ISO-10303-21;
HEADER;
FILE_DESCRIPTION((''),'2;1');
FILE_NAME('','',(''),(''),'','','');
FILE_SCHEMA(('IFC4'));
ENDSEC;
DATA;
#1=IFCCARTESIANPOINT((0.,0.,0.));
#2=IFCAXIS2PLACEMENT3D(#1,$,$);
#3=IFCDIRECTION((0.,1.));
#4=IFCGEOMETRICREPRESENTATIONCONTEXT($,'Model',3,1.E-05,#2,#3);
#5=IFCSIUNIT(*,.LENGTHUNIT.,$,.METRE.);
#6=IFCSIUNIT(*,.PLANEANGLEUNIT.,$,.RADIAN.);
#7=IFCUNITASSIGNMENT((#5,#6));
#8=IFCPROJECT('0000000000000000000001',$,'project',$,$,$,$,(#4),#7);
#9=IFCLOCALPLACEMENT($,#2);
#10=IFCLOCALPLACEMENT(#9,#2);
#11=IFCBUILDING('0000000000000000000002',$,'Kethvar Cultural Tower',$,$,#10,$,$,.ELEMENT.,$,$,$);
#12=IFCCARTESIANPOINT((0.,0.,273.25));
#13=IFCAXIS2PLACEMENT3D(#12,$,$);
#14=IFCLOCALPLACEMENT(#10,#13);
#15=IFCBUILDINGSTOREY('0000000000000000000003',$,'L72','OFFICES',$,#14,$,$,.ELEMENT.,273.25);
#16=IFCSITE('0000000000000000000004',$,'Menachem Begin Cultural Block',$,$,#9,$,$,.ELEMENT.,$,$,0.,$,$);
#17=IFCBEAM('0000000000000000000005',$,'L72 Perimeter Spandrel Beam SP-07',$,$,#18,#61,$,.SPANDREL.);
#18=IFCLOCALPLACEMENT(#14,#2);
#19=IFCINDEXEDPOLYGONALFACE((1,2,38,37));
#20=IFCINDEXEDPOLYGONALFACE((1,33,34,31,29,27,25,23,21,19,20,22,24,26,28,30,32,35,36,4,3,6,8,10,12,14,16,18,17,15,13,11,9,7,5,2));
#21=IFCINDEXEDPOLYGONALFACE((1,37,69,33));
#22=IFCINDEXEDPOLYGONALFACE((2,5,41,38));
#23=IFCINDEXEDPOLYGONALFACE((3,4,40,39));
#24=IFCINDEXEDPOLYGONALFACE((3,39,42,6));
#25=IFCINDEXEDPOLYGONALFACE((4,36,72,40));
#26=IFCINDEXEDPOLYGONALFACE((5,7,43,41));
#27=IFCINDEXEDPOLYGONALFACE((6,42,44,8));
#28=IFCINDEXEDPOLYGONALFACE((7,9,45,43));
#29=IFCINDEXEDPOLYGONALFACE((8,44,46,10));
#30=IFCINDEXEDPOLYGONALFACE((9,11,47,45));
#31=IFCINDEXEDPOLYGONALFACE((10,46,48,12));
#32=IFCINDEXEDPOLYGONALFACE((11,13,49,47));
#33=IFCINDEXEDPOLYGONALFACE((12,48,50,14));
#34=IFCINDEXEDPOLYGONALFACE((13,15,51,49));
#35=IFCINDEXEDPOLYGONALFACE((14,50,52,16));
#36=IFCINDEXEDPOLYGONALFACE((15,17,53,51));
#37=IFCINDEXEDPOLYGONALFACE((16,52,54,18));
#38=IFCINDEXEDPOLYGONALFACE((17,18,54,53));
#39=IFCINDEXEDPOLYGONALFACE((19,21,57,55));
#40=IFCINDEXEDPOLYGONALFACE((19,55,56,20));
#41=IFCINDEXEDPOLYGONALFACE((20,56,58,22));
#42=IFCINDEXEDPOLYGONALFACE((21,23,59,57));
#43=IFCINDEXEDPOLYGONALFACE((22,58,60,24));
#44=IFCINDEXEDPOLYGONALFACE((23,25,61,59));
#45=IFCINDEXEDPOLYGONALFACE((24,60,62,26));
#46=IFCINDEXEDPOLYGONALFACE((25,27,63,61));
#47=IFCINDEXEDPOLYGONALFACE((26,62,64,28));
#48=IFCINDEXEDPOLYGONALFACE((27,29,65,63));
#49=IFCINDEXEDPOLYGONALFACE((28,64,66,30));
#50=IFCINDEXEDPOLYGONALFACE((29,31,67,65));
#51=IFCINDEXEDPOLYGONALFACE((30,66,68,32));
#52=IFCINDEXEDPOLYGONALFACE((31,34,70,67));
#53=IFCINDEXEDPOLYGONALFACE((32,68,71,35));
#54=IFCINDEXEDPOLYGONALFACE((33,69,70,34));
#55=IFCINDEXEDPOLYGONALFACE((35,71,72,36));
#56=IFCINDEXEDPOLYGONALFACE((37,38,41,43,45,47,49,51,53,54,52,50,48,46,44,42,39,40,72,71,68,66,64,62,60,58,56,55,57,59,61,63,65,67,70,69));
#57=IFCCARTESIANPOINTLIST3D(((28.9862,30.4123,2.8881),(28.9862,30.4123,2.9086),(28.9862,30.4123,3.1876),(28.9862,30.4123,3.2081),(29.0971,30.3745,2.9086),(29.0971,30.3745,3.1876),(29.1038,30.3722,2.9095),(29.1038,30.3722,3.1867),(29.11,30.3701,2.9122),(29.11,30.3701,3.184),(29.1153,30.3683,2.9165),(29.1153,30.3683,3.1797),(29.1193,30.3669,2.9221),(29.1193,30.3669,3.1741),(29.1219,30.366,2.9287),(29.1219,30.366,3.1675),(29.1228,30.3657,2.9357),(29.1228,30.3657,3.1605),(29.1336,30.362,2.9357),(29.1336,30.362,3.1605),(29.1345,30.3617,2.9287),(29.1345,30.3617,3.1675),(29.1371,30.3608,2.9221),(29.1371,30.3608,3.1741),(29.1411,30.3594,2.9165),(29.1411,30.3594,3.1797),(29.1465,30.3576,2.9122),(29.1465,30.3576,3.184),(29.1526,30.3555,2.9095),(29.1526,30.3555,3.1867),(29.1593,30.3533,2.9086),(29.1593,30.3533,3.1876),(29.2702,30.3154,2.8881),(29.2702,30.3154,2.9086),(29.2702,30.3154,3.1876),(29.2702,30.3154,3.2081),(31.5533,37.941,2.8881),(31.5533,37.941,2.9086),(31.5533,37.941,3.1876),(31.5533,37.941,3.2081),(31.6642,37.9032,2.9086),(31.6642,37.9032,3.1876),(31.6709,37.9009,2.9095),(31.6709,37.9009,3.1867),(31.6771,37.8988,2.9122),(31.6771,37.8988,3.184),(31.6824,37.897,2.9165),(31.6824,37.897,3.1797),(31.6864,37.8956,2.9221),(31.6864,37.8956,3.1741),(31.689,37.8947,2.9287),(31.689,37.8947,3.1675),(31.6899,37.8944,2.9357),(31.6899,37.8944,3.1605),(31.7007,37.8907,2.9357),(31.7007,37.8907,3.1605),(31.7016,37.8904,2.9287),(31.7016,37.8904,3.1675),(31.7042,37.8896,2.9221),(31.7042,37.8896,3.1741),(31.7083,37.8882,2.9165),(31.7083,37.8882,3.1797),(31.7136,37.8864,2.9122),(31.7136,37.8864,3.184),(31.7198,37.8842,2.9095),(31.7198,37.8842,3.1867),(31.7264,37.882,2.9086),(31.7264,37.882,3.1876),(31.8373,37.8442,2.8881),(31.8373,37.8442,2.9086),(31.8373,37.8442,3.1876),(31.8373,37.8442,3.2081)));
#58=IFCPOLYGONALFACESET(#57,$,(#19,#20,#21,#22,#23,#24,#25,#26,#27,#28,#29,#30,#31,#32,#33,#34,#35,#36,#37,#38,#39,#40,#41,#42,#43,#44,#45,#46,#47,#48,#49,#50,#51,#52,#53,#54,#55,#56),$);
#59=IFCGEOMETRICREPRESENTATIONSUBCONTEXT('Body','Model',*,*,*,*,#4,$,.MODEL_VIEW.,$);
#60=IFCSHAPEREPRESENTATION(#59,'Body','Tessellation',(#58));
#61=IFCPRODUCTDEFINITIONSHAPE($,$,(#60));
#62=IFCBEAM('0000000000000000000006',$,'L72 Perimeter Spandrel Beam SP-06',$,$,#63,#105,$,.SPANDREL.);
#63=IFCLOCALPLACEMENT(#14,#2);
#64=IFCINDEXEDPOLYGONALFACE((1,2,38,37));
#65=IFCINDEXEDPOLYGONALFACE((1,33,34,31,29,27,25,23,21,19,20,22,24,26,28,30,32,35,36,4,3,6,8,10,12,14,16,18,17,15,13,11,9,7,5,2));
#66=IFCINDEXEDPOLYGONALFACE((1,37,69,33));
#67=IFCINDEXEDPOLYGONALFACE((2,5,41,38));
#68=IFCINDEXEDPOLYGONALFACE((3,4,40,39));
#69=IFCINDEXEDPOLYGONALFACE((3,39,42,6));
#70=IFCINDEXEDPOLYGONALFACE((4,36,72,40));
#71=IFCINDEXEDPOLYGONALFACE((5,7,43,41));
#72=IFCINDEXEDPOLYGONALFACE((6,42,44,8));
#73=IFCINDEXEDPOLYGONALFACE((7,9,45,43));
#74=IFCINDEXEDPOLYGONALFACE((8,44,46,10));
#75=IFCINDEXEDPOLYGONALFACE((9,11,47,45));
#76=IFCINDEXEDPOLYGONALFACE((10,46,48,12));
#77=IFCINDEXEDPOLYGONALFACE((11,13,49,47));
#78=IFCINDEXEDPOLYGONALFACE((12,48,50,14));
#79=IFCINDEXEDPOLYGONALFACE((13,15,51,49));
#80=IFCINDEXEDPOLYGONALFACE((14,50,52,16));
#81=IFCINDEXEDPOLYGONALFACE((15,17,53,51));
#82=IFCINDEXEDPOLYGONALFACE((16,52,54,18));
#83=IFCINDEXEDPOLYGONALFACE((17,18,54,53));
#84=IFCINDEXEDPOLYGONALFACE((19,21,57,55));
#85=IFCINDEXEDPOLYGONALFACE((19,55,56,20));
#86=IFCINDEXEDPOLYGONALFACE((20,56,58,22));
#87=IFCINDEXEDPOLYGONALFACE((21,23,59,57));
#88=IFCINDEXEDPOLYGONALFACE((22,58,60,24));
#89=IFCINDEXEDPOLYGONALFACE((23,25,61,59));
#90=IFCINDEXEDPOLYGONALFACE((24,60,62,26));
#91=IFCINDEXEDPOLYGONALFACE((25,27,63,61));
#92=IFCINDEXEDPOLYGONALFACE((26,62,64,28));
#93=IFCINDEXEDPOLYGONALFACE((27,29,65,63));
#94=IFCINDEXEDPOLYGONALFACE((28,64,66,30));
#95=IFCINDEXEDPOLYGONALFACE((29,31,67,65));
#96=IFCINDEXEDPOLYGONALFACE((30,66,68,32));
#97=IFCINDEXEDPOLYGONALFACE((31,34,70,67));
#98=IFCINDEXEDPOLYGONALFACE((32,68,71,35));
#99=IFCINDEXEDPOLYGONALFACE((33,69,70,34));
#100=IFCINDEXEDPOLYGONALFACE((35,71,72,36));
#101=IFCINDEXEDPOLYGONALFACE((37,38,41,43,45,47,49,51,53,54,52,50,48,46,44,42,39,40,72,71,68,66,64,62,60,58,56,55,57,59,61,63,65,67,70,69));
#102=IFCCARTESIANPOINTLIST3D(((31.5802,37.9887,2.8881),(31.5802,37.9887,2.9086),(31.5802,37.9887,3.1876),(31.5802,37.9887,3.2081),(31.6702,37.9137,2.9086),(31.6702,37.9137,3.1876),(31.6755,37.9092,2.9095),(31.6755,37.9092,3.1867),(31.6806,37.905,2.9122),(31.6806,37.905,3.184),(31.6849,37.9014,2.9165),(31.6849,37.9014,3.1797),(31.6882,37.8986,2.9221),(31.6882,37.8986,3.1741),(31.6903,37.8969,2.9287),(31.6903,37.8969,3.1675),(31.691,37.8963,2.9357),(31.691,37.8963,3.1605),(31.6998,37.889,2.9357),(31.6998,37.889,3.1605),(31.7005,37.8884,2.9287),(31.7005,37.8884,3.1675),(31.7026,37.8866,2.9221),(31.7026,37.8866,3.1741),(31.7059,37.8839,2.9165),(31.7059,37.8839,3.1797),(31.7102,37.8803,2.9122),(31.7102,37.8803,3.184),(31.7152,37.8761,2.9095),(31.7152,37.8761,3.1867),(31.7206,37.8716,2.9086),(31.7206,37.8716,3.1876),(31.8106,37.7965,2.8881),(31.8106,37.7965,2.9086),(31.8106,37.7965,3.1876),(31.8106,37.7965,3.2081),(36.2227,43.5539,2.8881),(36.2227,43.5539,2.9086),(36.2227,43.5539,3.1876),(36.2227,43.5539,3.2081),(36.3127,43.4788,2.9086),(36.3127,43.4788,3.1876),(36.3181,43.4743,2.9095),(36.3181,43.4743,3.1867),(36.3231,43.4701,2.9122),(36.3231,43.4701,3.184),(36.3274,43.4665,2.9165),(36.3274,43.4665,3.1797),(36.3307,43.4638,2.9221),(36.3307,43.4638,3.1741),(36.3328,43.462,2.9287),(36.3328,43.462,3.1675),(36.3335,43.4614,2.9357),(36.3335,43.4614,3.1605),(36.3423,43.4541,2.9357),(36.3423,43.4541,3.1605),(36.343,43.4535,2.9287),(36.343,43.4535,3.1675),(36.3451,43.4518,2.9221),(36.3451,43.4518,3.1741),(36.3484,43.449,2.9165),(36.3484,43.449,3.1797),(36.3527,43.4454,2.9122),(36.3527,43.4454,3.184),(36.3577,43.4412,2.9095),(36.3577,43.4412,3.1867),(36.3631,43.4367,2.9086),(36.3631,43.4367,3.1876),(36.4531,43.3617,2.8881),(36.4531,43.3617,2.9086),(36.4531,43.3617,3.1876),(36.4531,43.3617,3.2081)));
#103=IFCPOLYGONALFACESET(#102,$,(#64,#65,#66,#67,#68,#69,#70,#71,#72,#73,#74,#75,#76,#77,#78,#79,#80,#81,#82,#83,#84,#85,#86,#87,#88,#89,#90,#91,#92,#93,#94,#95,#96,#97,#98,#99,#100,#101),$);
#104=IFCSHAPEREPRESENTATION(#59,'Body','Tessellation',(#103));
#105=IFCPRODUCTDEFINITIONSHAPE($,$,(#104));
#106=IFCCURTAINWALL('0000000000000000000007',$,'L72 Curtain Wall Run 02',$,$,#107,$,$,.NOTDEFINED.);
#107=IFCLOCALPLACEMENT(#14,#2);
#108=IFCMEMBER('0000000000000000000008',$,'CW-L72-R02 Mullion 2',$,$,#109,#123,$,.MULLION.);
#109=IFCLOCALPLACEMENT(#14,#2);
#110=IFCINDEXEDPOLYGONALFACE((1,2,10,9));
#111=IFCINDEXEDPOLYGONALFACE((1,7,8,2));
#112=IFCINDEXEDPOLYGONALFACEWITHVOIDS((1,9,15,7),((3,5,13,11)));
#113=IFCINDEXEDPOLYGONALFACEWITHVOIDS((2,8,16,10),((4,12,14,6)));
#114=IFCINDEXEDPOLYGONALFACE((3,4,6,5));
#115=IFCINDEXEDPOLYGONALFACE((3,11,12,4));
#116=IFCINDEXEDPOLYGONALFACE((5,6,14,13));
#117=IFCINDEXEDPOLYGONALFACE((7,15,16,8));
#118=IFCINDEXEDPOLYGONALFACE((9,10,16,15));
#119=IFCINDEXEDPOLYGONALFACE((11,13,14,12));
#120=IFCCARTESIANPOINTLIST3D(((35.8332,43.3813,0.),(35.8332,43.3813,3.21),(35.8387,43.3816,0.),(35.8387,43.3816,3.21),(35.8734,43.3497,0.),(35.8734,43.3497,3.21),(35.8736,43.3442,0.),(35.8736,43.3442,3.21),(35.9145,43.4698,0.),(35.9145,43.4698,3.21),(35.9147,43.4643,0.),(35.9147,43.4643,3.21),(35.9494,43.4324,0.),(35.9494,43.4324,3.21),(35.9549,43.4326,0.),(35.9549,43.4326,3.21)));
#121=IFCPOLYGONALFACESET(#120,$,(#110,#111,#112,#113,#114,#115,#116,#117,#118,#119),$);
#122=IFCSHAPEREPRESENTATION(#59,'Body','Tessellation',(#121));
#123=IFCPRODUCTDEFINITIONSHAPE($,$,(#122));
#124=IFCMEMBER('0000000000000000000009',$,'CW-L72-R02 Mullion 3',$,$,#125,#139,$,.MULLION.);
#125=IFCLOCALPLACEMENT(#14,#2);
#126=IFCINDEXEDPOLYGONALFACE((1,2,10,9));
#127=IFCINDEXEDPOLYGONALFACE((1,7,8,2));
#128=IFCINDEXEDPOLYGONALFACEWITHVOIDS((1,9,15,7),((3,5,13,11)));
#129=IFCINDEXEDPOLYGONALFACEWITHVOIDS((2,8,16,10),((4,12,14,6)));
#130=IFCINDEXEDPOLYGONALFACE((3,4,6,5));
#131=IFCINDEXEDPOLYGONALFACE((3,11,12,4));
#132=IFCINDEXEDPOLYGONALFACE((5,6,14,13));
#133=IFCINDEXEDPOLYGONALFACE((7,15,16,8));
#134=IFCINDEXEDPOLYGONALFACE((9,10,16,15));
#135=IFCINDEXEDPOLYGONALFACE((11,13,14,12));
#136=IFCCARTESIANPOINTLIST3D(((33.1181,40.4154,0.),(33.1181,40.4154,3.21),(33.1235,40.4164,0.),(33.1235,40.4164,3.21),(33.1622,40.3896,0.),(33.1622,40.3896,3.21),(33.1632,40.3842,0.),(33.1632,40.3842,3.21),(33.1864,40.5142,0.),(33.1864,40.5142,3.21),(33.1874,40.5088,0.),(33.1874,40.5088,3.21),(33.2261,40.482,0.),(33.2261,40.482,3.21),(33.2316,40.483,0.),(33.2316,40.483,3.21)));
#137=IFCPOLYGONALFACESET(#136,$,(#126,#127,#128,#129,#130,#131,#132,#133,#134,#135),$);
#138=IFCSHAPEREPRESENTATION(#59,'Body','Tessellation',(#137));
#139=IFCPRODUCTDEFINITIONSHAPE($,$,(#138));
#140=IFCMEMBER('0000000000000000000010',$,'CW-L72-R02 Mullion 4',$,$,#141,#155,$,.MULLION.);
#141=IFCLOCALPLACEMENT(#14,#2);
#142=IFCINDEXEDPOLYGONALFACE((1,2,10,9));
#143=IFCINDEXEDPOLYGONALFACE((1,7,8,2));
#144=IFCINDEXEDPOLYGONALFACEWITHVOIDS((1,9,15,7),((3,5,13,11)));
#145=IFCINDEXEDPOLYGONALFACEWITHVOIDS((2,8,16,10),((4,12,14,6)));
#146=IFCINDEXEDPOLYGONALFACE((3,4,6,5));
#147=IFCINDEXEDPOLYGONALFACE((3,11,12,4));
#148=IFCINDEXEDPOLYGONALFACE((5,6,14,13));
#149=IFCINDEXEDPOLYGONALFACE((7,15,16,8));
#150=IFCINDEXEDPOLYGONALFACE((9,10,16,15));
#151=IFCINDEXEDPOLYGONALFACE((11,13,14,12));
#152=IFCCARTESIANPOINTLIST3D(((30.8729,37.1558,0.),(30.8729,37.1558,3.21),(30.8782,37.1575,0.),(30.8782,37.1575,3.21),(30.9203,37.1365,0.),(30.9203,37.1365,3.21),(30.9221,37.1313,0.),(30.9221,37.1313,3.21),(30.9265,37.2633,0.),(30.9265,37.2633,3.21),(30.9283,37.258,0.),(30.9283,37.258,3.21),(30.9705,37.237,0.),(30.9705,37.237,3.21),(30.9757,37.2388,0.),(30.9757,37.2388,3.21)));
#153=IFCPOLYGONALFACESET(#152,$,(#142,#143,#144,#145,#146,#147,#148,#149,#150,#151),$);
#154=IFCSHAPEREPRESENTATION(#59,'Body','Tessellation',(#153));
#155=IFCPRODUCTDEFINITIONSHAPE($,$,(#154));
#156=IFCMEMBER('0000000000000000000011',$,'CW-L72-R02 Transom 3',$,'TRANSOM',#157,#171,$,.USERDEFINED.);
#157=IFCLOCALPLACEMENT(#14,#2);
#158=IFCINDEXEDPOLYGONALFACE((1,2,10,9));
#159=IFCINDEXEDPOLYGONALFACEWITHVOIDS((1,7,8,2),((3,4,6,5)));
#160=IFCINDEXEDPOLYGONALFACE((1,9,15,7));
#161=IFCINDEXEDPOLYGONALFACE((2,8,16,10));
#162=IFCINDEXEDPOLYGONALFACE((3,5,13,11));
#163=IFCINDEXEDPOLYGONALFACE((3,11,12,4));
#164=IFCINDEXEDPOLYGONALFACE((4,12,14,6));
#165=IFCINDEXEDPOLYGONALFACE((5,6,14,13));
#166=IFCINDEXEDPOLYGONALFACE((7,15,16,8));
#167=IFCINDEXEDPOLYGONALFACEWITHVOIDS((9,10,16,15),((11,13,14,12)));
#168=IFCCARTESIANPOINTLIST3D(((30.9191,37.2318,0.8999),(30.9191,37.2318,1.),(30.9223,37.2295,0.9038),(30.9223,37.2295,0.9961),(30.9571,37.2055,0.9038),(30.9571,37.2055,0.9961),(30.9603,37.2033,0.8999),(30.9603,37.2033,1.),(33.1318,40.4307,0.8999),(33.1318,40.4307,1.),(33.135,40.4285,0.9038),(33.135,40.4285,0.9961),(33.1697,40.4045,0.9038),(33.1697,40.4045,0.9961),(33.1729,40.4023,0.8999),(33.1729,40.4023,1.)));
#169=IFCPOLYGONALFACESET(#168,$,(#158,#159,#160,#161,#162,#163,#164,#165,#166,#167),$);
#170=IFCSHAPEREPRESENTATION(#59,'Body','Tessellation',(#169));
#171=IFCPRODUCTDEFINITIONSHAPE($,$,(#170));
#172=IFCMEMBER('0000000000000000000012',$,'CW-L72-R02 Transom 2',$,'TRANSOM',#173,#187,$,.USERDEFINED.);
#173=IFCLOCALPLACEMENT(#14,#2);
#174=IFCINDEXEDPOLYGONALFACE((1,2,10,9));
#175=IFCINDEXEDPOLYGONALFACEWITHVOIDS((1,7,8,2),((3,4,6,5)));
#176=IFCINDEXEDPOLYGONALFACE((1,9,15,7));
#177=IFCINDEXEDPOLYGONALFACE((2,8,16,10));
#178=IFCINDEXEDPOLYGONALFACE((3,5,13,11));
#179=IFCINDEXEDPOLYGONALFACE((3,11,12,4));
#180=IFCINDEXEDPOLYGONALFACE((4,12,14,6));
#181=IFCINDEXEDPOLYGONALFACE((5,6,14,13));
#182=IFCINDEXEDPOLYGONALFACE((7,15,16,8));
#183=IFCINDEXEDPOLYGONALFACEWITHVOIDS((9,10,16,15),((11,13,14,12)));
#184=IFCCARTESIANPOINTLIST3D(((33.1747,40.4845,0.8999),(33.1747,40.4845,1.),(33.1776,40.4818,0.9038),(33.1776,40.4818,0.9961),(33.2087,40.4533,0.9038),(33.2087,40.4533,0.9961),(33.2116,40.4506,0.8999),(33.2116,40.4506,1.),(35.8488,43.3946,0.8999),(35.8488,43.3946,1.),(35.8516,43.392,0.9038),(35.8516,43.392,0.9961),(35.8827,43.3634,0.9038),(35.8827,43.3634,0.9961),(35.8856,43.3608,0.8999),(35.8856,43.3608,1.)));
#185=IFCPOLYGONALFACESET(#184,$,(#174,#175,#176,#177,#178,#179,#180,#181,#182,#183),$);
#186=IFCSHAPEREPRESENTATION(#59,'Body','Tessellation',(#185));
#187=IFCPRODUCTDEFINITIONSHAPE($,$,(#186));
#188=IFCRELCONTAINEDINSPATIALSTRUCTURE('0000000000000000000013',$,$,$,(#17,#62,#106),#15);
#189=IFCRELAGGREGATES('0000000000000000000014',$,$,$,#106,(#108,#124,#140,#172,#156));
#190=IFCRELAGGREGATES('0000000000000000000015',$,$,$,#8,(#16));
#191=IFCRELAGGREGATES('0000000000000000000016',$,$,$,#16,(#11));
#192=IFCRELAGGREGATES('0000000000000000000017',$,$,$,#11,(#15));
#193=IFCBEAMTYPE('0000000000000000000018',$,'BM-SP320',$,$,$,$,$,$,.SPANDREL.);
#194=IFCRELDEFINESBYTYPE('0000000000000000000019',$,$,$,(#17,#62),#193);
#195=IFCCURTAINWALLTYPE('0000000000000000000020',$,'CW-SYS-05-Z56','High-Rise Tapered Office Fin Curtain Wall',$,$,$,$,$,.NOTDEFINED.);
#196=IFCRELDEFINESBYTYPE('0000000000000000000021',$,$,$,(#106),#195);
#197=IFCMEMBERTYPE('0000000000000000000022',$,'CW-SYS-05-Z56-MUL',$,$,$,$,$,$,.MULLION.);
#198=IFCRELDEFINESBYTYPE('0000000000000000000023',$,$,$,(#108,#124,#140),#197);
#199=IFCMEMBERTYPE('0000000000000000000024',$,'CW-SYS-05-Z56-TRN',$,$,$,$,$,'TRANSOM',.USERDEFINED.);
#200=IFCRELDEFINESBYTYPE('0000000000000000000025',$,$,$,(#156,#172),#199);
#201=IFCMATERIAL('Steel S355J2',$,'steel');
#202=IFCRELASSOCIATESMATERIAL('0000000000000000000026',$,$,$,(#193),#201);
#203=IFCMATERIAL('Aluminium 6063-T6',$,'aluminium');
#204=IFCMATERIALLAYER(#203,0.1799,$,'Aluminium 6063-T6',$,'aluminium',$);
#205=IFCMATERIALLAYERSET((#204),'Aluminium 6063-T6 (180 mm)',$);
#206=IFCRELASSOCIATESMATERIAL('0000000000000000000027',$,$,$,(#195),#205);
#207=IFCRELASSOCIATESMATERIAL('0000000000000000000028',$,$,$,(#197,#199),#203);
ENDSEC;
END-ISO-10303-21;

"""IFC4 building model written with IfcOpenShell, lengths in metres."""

from ifc_helpers import new_model, si_unit, direction, frame, origin, origin_2d, place, context, subcontext, project, spatial, hollow_rectangle, i_section, extrude, source, transform, mapped, material, layer, layer_set, material_profile, profile_set, type_object, element, aggregate, save


model = new_model("IFC4")

# Units and contexts
model_context = context("Model", 3, precision=1e-05, world=origin(), true_north=direction((0.0, 1.0)))
body_context = subcontext(model_context, "Body", "Model", "MODEL_VIEW")
ifc_project = project(units=[si_unit("LENGTHUNIT", "METRE"), si_unit("PLANEANGLEUNIT", "RADIAN")], contexts=[model_context])

# Site, building, storey
site_placement = place(None, origin())
site = spatial("IfcSite", under=ifc_project, at=site_placement, Name="Menachem Begin Cultural Block", CompositionType="ELEMENT", RefElevation=0.0)
building_placement = place(site_placement, origin())
building = spatial("IfcBuilding", under=site, at=building_placement, Name="Kethvar Cultural Tower", CompositionType="ELEMENT")
storey_placement = place(building_placement, frame((0.0, 0.0, 273.25)))
storey = spatial("IfcBuildingStorey", under=building, at=storey_placement, Name="L72", Description="OFFICES", CompositionType="ELEMENT", Elevation=273.25)

# Shared definitions
ifc_material_1 = material(Name="Steel S355J2", Category="steel")

# Beams
ifc_material_profile_1 = material_profile(ifc_material_1, i_section(OverallWidth=0.3, OverallDepth=0.3201, WebThickness=0.0115, FlangeThickness=0.0205, FilletRadius=0.0271, at=origin_2d()), Name="Steel S355J2 — HEB320")
ifc_profile_set_1 = profile_set([ifc_material_profile_1], Name="Steel S355J2 — HEB320")
beam_type_1 = type_object("IfcBeamType", Name="BM-SP320", PredefinedType="SPANDREL", material=ifc_profile_set_1)
shared_shape_1 = source(origin(), body_context, "Body", "SweptSolid", [
    extrude(i_section(OverallWidth=0.3, OverallDepth=0.3201, WebThickness=0.0115, FlangeThickness=0.0205, FilletRadius=0.0271, at=origin_2d()), origin(), (0.0, 0.0, 1.0), 7.9543),
])
beam_1_placement = place(storey_placement, frame((31.6953, 37.8926, 3.0481), z_axis=(-0.32273, -0.946491, 0.0), x_axis=(0.946491, -0.32273, 0.0)))
element("IfcBeam", 1, at=beam_1_placement, inside=storey, type_object=beam_type_1, Name="L72 Perimeter Spandrel Beam SP-07", PredefinedType="SPANDREL", context=body_context, shape_type="MappedRepresentation", body=[
    mapped(shared_shape_1, transform((0.0, 0.0, 0.0), scale=1.0)),
])
shared_shape_2 = source(origin(), body_context, "Body", "SweptSolid", [
    extrude(i_section(OverallWidth=0.3, OverallDepth=0.3201, WebThickness=0.0115, FlangeThickness=0.0205, FilletRadius=0.0271, at=origin_2d()), origin(), (0.0, 0.0, 1.0), 7.2473),
])
beam_2_placement = place(storey_placement, frame((36.3379, 43.4578, 3.0481), z_axis=(-0.640585, -0.767887, 0.0), x_axis=(0.767887, -0.640585, 0.0)))
element("IfcBeam", 2, at=beam_2_placement, inside=storey, type_object=beam_type_1, Name="L72 Perimeter Spandrel Beam SP-06", PredefinedType="SPANDREL", context=body_context, shape_type="MappedRepresentation", body=[
    mapped(shared_shape_2, transform((0.0, 0.0, 0.0), scale=1.0)),
])

# Curtain wall, members
ifc_material_2 = material(Name="Aluminium 6063-T6", Category="aluminium")
ifc_layer_1 = layer(ifc_material_2, 0.1799, Name="Aluminium 6063-T6", Category="aluminium")
ifc_layer_set_1 = layer_set([ifc_layer_1], Name="Aluminium 6063-T6 (180 mm)")
curtain_wall_type = type_object("IfcCurtainWallType", Name="CW-SYS-05-Z56", Description="High-Rise Tapered Office Fin Curtain Wall", PredefinedType="NOTDEFINED", material=ifc_layer_set_1)
curtain_wall_placement = place(storey_placement, origin())
curtain_wall = element("IfcCurtainWall", 3, at=curtain_wall_placement, inside=storey, type_object=curtain_wall_type, Name="L72 Curtain Wall Run 02", PredefinedType="NOTDEFINED")
ifc_material_profile_2 = material_profile(ifc_material_2, hollow_rectangle(XDim=0.0549, YDim=0.1201, WallThickness=0.0039, at=origin_2d()), Name="Aluminium 6063-T6 — RHS120x55x4")
ifc_profile_set_2 = profile_set([ifc_material_profile_2], Name="Aluminium 6063-T6 — RHS120x55x4")
member_type_1 = type_object("IfcMemberType", Name="CW-SYS-05-Z56-MUL", PredefinedType="MULLION", material=ifc_profile_set_2)
shared_shape_3 = source(origin(), body_context, "Body", "SweptSolid", [
    extrude(hollow_rectangle(XDim=0.0549, YDim=0.1201, WallThickness=0.0039, at=origin_2d()), origin(), (0.0, 0.0, 1.0), 3.21),
])
member_1_placement = place(storey_placement, frame((35.894, 43.407, 0.0), z_axis=(0.0, 0.0, 1.0), x_axis=(0.736345, -0.676606, 0.0)))
member_1 = element("IfcMember", 4, at=member_1_placement, type_object=member_type_1, Name="CW-L72-R02 Mullion 2", PredefinedType="MULLION", context=body_context, shape_type="MappedRepresentation", body=[
    mapped(shared_shape_3, transform((0.0, 0.0, 0.0), scale=1.0)),
])
member_2_placement = place(storey_placement, frame((33.1748, 40.4492, 0.0), z_axis=(0.0, 0.0, 1.0), x_axis=(0.822432, -0.568863, 0.0)))
member_2 = element("IfcMember", 5, at=member_2_placement, type_object=member_type_1, Name="CW-L72-R02 Mullion 3", PredefinedType="MULLION", context=body_context, shape_type="MappedRepresentation", body=[
    mapped(shared_shape_3, transform((0.0, 0.0, 0.0), scale=1.0)),
])
member_3_placement = place(storey_placement, frame((30.9243, 37.1973, 0.0), z_axis=(0.0, 0.0, 1.0), x_axis=(0.89495, -0.446167, 0.0)))
member_3 = element("IfcMember", 6, at=member_3_placement, type_object=member_type_1, Name="CW-L72-R02 Mullion 4", PredefinedType="MULLION", context=body_context, shape_type="MappedRepresentation", body=[
    mapped(shared_shape_3, transform((0.0, 0.0, 0.0), scale=1.0)),
])
ifc_material_profile_3 = material_profile(ifc_material_2, hollow_rectangle(XDim=0.05, YDim=0.1001, WallThickness=0.0039, at=origin_2d()), Name="Aluminium 6063-T6 — RHS100x50x4")
ifc_profile_set_3 = profile_set([ifc_material_profile_3], Name="Aluminium 6063-T6 — RHS100x50x4")
member_type_2 = type_object("IfcMemberType", Name="CW-SYS-05-Z56-TRN", ElementType="TRANSOM", PredefinedType="USERDEFINED", material=ifc_profile_set_3)
shared_shape_4 = source(origin(), body_context, "Body", "SweptSolid", [
    extrude(hollow_rectangle(XDim=0.05, YDim=0.1001, WallThickness=0.0039, at=origin_2d()), origin(), (0.0, 0.0, 1.0), 3.8896),
])
member_4_placement = place(storey_placement, frame((33.1523, 40.4165, 0.95), z_axis=(-0.568857, -0.822436, 0.0), x_axis=(0.822436, -0.568857, 0.0)))
member_4 = element("IfcMember", 7, at=member_4_placement, type_object=member_type_2, Name="CW-L72-R02 Transom 3", ObjectType="TRANSOM", PredefinedType="USERDEFINED", context=body_context, shape_type="MappedRepresentation", body=[
    mapped(shared_shape_4, transform((0.0, 0.0, 0.0), scale=1.0)),
])
shared_shape_5 = source(origin(), body_context, "Body", "SweptSolid", [
    extrude(hollow_rectangle(XDim=0.05, YDim=0.1001, WallThickness=0.0039, at=origin_2d()), origin(), (0.0, 0.0, 1.0), 3.9521),
])
member_5_placement = place(storey_placement, frame((35.8672, 43.3777, 0.95), z_axis=(-0.676608, -0.736343, 0.0), x_axis=(0.736343, -0.676608, 0.0)))
member_5 = element("IfcMember", 8, at=member_5_placement, type_object=member_type_2, Name="CW-L72-R02 Transom 2", ObjectType="TRANSOM", PredefinedType="USERDEFINED", context=body_context, shape_type="MappedRepresentation", body=[
    mapped(shared_shape_5, transform((0.0, 0.0, 0.0), scale=1.0)),
])
aggregate(curtain_wall, [member_1, member_2, member_3, member_5, member_4])

save(model, "model.ifc")
